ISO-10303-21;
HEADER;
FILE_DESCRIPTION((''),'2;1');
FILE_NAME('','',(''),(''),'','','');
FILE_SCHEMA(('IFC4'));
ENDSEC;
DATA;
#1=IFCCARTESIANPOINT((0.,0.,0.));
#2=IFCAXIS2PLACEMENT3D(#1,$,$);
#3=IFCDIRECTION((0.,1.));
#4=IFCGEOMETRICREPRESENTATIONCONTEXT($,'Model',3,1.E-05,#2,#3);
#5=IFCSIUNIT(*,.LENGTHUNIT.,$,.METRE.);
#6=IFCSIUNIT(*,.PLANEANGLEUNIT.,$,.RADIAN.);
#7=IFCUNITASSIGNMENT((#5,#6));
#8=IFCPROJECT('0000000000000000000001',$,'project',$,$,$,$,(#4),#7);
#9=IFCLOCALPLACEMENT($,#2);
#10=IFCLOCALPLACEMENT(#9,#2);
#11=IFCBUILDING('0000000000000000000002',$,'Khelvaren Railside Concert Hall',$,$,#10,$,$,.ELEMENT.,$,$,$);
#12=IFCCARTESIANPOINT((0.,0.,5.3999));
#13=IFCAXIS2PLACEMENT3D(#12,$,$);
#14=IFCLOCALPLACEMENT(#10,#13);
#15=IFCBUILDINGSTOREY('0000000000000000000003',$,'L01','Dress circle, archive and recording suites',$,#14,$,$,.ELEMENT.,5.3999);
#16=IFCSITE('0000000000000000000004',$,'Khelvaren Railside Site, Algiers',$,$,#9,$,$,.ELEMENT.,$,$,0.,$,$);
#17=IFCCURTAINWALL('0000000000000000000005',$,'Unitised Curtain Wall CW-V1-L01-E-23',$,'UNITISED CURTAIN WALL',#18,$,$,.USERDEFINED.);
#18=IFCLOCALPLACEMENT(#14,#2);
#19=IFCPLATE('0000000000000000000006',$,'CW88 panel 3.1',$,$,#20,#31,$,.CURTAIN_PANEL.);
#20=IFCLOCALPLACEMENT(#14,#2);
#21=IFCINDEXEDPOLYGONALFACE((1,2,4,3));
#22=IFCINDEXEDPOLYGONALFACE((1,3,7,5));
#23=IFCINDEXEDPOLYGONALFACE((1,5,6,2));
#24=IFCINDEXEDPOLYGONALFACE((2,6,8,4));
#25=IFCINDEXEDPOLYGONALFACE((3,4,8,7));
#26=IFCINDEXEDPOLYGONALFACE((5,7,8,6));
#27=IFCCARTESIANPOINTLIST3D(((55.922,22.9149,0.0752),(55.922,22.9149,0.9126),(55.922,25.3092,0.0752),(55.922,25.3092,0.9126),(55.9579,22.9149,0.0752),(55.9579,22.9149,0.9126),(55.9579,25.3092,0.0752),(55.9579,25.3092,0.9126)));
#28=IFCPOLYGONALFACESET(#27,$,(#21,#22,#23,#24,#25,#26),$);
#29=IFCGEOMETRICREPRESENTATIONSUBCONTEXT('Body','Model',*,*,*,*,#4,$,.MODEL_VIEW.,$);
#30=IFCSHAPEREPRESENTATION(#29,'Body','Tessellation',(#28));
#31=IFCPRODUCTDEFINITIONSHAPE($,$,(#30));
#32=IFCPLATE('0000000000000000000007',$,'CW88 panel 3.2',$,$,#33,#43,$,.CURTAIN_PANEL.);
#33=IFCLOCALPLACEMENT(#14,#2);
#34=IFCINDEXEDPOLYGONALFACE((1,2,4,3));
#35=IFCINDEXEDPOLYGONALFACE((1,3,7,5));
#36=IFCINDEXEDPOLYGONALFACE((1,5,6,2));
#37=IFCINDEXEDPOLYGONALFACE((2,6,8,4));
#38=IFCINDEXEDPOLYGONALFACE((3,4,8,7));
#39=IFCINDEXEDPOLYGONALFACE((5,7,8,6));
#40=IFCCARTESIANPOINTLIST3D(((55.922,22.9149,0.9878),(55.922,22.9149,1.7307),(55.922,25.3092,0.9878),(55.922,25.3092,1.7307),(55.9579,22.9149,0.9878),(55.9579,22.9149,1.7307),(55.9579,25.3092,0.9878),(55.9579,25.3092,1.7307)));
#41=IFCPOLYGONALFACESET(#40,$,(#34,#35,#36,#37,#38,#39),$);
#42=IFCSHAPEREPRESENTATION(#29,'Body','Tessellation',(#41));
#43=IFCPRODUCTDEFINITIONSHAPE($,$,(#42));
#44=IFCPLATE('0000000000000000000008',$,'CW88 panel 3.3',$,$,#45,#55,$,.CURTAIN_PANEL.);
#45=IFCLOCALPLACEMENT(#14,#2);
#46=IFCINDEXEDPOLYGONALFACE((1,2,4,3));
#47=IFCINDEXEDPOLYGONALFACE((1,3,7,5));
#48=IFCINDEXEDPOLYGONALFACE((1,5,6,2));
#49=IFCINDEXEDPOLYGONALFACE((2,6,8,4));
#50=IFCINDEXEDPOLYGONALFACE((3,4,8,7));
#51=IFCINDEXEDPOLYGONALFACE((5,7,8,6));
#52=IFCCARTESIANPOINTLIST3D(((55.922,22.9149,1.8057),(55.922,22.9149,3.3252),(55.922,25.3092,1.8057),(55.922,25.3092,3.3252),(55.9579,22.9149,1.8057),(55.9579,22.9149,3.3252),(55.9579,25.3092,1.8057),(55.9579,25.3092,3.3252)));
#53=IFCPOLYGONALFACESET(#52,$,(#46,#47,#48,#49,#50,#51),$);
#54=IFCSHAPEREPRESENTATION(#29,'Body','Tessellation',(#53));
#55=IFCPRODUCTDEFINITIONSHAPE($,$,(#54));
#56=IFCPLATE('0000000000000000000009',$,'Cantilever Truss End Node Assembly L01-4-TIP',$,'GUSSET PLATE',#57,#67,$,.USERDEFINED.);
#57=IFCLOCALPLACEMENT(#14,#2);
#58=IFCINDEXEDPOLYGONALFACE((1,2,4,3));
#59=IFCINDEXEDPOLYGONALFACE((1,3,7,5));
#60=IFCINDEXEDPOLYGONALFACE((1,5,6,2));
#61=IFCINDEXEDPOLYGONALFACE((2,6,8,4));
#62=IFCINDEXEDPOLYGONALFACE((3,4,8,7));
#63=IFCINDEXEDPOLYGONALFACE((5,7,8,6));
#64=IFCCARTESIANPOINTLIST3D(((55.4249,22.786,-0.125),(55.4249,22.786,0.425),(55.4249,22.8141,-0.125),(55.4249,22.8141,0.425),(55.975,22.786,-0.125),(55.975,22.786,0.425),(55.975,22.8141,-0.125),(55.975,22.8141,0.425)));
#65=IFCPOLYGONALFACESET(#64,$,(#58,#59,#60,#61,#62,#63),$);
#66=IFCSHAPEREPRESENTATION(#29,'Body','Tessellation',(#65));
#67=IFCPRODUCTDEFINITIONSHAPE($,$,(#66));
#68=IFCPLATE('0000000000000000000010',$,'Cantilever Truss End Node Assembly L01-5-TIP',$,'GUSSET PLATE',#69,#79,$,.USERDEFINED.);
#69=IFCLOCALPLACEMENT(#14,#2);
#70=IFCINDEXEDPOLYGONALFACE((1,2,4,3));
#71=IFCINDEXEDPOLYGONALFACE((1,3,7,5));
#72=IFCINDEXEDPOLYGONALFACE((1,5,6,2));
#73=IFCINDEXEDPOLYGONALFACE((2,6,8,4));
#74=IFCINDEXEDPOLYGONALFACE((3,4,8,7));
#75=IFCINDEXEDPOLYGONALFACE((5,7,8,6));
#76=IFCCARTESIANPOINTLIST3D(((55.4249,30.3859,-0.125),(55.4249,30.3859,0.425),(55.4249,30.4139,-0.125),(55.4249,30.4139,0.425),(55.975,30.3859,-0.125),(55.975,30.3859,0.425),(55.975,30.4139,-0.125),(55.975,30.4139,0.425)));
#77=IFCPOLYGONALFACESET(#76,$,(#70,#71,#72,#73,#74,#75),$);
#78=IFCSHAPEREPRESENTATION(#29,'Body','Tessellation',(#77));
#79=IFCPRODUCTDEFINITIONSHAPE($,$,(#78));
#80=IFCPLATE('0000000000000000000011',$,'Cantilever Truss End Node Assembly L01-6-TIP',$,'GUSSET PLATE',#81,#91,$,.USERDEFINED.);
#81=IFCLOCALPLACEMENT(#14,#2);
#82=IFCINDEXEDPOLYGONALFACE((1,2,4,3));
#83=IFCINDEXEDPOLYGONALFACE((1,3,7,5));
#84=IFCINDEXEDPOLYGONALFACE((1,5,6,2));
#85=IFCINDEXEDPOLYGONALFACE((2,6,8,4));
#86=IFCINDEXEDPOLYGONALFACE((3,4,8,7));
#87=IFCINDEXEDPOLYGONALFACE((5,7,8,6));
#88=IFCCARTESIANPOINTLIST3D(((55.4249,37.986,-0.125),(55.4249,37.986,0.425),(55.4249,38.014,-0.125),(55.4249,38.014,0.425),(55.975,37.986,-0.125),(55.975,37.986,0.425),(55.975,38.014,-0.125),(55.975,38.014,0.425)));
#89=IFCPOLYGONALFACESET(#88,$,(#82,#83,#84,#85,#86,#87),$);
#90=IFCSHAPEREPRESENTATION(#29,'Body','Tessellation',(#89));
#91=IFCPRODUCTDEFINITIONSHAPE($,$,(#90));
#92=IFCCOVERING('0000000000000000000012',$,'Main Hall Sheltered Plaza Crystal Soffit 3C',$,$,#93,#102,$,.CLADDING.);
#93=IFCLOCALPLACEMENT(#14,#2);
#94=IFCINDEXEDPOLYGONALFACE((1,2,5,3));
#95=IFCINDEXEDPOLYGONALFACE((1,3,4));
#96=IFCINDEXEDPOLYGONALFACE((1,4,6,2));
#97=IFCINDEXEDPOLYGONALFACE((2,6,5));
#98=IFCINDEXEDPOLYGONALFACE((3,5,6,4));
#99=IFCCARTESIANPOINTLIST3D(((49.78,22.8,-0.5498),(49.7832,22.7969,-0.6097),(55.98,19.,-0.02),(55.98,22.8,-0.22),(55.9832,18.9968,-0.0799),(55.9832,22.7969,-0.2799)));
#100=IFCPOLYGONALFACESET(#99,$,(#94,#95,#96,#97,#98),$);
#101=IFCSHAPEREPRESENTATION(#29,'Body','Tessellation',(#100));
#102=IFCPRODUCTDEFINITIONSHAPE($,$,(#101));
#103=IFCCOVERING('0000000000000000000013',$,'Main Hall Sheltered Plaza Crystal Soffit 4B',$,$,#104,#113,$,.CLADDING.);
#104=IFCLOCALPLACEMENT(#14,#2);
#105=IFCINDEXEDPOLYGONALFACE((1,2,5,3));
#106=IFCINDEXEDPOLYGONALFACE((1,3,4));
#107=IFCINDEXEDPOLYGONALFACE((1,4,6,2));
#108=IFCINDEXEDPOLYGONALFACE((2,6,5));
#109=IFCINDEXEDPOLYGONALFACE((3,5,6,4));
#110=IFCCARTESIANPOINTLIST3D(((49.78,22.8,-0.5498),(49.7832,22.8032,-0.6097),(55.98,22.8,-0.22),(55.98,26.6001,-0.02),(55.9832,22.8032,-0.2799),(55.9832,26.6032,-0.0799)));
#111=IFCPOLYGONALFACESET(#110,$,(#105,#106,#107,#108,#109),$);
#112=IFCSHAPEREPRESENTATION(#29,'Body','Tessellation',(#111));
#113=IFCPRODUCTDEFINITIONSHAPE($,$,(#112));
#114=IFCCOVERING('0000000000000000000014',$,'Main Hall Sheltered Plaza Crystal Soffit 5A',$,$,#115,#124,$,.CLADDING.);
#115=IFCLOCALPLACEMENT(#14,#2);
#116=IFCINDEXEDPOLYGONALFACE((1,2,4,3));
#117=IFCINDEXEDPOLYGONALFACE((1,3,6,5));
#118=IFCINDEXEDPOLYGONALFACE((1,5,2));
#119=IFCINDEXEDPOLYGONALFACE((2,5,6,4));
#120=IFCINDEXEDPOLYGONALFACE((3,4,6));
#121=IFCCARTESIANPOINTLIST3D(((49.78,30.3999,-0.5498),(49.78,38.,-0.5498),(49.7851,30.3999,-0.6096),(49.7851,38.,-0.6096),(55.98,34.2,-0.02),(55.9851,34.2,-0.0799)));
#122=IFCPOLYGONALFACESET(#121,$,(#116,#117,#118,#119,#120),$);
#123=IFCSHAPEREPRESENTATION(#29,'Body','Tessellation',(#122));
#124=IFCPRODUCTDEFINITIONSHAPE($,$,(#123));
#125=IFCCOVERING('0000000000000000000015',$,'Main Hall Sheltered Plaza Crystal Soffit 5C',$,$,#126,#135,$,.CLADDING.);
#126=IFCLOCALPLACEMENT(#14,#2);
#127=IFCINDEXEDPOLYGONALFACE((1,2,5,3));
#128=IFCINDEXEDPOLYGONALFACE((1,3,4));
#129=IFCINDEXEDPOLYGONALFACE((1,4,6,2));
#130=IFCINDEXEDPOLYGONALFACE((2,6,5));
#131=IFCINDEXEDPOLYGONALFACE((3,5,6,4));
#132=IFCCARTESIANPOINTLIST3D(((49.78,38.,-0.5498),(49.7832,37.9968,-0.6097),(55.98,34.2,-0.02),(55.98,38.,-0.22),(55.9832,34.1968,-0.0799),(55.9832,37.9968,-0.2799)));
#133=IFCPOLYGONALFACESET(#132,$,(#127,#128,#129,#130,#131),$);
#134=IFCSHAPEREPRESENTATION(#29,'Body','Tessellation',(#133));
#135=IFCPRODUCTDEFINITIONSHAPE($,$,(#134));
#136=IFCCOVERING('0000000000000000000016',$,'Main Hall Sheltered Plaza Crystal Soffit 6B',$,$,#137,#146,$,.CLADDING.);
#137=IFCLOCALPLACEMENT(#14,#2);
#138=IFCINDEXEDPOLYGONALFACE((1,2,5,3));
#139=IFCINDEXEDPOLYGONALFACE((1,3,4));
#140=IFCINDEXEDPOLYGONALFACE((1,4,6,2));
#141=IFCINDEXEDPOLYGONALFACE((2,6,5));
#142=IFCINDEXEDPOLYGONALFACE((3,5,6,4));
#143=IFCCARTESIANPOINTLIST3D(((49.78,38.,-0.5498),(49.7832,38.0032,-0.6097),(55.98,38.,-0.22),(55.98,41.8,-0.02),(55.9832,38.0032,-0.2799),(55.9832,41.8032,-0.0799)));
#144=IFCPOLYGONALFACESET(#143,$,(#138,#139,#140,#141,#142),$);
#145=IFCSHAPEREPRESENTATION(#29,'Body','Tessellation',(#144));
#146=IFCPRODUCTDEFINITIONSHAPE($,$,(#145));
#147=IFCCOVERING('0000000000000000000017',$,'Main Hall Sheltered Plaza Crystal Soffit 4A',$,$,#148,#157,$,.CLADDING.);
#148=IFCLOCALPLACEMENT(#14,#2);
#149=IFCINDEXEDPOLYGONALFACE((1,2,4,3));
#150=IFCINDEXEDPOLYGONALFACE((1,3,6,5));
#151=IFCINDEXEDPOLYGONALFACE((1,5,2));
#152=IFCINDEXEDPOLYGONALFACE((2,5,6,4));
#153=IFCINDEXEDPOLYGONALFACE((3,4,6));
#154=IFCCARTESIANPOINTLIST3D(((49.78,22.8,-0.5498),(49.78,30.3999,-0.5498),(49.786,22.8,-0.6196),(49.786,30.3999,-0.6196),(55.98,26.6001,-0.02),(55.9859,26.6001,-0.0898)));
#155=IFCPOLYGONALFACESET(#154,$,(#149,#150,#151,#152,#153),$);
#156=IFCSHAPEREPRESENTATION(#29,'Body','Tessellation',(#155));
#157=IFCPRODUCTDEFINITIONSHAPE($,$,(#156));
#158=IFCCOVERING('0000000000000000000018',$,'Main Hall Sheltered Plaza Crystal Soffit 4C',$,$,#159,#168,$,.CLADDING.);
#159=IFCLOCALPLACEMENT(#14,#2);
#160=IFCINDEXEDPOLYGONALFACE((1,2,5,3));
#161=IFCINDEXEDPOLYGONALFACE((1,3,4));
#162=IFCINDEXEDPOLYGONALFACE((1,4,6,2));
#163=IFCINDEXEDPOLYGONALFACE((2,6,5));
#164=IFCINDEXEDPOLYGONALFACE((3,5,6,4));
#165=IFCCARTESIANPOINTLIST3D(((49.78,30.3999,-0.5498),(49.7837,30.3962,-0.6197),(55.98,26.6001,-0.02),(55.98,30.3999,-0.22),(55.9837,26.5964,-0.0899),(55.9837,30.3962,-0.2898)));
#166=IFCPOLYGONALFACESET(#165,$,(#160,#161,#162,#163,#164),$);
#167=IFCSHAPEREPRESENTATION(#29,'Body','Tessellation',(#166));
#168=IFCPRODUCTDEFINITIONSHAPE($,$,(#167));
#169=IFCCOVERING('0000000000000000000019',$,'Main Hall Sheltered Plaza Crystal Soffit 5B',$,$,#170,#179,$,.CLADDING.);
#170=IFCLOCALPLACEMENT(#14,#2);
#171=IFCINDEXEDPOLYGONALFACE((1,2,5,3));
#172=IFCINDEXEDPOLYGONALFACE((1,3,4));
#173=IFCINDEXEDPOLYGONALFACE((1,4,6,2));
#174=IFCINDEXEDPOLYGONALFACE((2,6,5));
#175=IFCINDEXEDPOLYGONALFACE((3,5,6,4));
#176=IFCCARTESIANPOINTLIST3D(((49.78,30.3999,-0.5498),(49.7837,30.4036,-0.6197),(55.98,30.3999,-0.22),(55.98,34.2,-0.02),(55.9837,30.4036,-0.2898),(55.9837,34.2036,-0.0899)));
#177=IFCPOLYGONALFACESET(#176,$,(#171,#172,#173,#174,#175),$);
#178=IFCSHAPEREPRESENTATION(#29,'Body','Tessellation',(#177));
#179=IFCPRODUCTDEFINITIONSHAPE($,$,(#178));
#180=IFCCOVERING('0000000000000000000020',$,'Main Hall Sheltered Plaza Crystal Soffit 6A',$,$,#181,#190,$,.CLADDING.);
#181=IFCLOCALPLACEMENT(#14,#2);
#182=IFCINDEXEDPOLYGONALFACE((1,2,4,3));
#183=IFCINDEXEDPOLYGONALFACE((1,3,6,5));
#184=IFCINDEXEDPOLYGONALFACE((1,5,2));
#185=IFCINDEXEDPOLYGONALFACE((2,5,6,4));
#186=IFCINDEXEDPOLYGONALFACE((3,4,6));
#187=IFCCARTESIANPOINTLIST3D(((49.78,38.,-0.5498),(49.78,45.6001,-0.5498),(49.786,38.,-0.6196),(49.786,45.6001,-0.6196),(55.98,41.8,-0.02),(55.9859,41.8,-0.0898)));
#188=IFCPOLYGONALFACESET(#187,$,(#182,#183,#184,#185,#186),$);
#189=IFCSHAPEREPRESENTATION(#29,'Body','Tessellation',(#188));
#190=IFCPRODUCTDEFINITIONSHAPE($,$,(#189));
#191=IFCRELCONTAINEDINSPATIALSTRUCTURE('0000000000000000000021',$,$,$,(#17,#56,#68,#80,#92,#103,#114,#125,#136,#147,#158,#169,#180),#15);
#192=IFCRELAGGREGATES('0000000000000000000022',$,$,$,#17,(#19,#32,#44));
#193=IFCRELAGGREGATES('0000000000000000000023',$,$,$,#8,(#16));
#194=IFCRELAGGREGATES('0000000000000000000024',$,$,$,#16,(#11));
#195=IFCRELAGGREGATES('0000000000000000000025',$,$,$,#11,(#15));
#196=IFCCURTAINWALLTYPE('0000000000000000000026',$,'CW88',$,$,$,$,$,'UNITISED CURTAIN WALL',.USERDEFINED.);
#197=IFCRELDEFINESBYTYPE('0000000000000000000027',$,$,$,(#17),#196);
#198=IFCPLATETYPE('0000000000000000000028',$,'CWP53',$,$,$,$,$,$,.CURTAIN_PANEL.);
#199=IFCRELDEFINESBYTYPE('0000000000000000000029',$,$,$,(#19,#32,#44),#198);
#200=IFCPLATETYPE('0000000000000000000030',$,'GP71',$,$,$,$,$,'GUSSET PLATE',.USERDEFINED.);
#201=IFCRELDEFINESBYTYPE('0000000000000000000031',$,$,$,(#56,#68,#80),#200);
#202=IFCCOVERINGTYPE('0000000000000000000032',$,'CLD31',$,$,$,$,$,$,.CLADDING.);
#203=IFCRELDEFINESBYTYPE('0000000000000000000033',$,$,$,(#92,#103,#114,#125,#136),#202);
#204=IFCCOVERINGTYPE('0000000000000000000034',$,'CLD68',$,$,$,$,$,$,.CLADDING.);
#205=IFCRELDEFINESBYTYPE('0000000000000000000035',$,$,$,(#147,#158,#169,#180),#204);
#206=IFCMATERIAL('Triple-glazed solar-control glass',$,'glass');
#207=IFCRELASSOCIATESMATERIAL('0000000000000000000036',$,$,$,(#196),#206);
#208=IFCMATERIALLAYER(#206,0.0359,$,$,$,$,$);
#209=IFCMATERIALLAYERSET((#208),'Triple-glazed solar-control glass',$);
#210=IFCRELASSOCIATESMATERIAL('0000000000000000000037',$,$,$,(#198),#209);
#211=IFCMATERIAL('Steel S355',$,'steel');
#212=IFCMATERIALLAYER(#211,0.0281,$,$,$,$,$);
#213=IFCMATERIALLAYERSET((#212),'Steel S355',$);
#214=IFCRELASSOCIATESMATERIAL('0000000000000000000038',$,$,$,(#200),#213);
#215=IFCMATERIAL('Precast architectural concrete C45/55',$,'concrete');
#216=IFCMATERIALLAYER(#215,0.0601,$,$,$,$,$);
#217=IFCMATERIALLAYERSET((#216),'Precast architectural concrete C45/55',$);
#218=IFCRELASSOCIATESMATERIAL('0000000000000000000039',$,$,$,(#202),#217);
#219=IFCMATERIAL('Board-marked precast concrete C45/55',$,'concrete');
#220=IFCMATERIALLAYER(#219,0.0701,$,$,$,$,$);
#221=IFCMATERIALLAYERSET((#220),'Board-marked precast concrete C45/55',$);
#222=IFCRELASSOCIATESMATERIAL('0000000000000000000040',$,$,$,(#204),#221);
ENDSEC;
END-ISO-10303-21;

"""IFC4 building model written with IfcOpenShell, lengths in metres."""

from ifc_helpers import new_model, si_unit, direction, frame, origin, origin_2d, place, context, subcontext, project, spatial, polyline, rectangle, outline, extrude, material, layer, layer_set, type_object, element, aggregate, save


model = new_model("IFC4")

# Units and contexts
model_context = context("Model", 3, precision=1e-05, world=origin(), true_north=direction((0.0, 1.0)))
body_context = subcontext(model_context, "Body", "Model", "MODEL_VIEW")
ifc_project = project(units=[si_unit("LENGTHUNIT", "METRE"), si_unit("PLANEANGLEUNIT", "RADIAN")], contexts=[model_context])

# Site, building, storey
site_placement = place(None, origin())
site = spatial("IfcSite", under=ifc_project, at=site_placement, Name="Khelvaren Railside Site, Algiers", CompositionType="ELEMENT", RefElevation=0.0)
building_placement = place(site_placement, origin())
building = spatial("IfcBuilding", under=site, at=building_placement, Name="Khelvaren Railside Concert Hall", CompositionType="ELEMENT")
storey_placement = place(building_placement, frame((0.0, 0.0, 5.3999)))
storey = spatial("IfcBuildingStorey", under=building, at=storey_placement, Name="L01", Description="Dress circle, archive and recording suites", CompositionType="ELEMENT", Elevation=5.3999)

# Shared definitions
ifc_material_1 = material(Name="Steel S355", Category="steel")

# Curtain wall
ifc_material_2 = material(Name="Triple-glazed solar-control glass", Category="glass")
curtain_wall_type = type_object("IfcCurtainWallType", Name="CW88", ElementType="UNITISED CURTAIN WALL", PredefinedType="USERDEFINED", material=ifc_material_2)
curtain_wall_placement = place(storey_placement, origin())
curtain_wall = element("IfcCurtainWall", 1, at=curtain_wall_placement, inside=storey, type_object=curtain_wall_type, Name="Unitised Curtain Wall CW-V1-L01-E-23", ObjectType="UNITISED CURTAIN WALL", PredefinedType="USERDEFINED")

# Plates
ifc_layer_1 = layer(ifc_material_2, 0.0359)
ifc_layer_set_1 = layer_set([ifc_layer_1], Name="Triple-glazed solar-control glass")
plate_type_1 = type_object("IfcPlateType", Name="CWP53", PredefinedType="CURTAIN_PANEL", material=ifc_layer_set_1)
plate_1_placement = place(storey_placement, frame((55.9399, 24.1121, 0.0752), z_axis=(0.0, 0.0, 1.0), x_axis=(0.0, -1.0, 0.0)))
plate_1 = element("IfcPlate", 2, at=plate_1_placement, type_object=plate_type_1, Name="CW88 panel 3.1", PredefinedType="CURTAIN_PANEL", context=body_context, shape_type="SweptSolid", body=[
    extrude(rectangle(XDim=2.3943, YDim=0.0359, at=origin_2d()), origin(), (0.0, 0.0, 1.0), 0.8374),
])
plate_2_placement = place(storey_placement, frame((55.9399, 24.1121, 0.9878), z_axis=(0.0, 0.0, 1.0), x_axis=(0.0, -1.0, 0.0)))
plate_2 = element("IfcPlate", 3, at=plate_2_placement, type_object=plate_type_1, Name="CW88 panel 3.2", PredefinedType="CURTAIN_PANEL", context=body_context, shape_type="SweptSolid", body=[
    extrude(rectangle(XDim=2.3943, YDim=0.0359, at=origin_2d()), origin(), (0.0, 0.0, 1.0), 0.7429),
])
plate_3_placement = place(storey_placement, frame((55.9399, 24.1121, 1.8057), z_axis=(0.0, 0.0, 1.0), x_axis=(0.0, -1.0, 0.0)))
plate_3 = element("IfcPlate", 4, at=plate_3_placement, type_object=plate_type_1, Name="CW88 panel 3.3", PredefinedType="CURTAIN_PANEL", context=body_context, shape_type="SweptSolid", body=[
    extrude(rectangle(XDim=2.3943, YDim=0.0359, at=origin_2d()), origin(), (0.0, 0.0, 1.0), 1.5195),
])
aggregate(curtain_wall, [plate_1, plate_2, plate_3])

# Plates
ifc_layer_2 = layer(ifc_material_1, 0.0281)
ifc_layer_set_2 = layer_set([ifc_layer_2], Name="Steel S355")
plate_type_2 = type_object("IfcPlateType", Name="GP71", ElementType="GUSSET PLATE", PredefinedType="USERDEFINED", material=ifc_layer_set_2)
for number, where, z_axis, x_axis, name in (
    (5, (55.7, 22.8, -0.125), (0.0, 0.0, 1.0), (1.0, 0.0, 0.0), "Cantilever Truss End Node Assembly L01-4-TIP"),
    (6, (55.7, 30.3999, -0.125), (0.0, 0.0, 1.0), (1.0, 0.0, 0.0), "Cantilever Truss End Node Assembly L01-5-TIP"),
    (7, (55.7, 38.0, -0.125), (0.0, 0.0, 1.0), (1.0, 0.0, 0.0), "Cantilever Truss End Node Assembly L01-6-TIP"),
):
    element("IfcPlate", number, at=place(storey_placement, frame(where, z_axis=z_axis, x_axis=x_axis)), inside=storey, type_object=plate_type_2, Name=name, ObjectType="GUSSET PLATE", PredefinedType="USERDEFINED", context=body_context, shape_type="SweptSolid", body=[
        extrude(rectangle(XDim=0.55, YDim=0.0281, at=origin_2d()), origin(), (0.0, 0.0, 1.0), 0.55),
    ])

# Coverings
ifc_material_3 = material(Name="Precast architectural concrete C45/55", Category="concrete")
ifc_layer_3 = layer(ifc_material_3, 0.0601)
ifc_layer_set_3 = layer_set([ifc_layer_3], Name="Precast architectural concrete C45/55")
covering_type_1 = type_object("IfcCoveringType", Name="CLD31", PredefinedType="CLADDING", material=ifc_layer_set_3)
covering_1_placement = place(storey_placement, frame((49.78, 22.8, -0.5498), z_axis=(-0.053051, 0.052471, 0.997212), x_axis=(0.998588, 0.0, 0.053124)))
element("IfcCovering", 8, at=covering_1_placement, inside=storey, type_object=covering_type_1, Name="Main Hall Sheltered Plaza Crystal Soffit 3C", PredefinedType="CLADDING", context=body_context, shape_type="SweptSolid", body=[
    extrude(outline(polyline([(0.0, 0.0), (6.2087, 0.0), (6.2193, -3.8053), (0.0, 0.0)])), origin(), (0.0, 0.0, -1.0), 0.0601),
])
covering_2_placement = place(storey_placement, frame((49.78, 22.8, -0.5498), z_axis=(-0.053051, -0.052471, 0.997212), x_axis=(0.998588, 0.0, 0.053124)))
element("IfcCovering", 9, at=covering_2_placement, inside=storey, type_object=covering_type_1, Name="Main Hall Sheltered Plaza Crystal Soffit 4B", PredefinedType="CLADDING", context=body_context, shape_type="SweptSolid", body=[
    extrude(outline(polyline([(0.0, 0.0), (6.2087, 0.0), (6.2193, 3.8053), (0.0, 0.0)])), origin(), (0.0, 0.0, -1.0), 0.0601),
])
covering_3_placement = place(storey_placement, frame((49.78, 30.3999, -0.5498), z_axis=(-0.08514, 0.0, 0.996369), x_axis=(0.0, 1.0, 0.0)))
element("IfcCovering", 10, at=covering_3_placement, inside=storey, type_object=covering_type_1, Name="Main Hall Sheltered Plaza Crystal Soffit 5A", PredefinedType="CLADDING", context=body_context, shape_type="SweptSolid", body=[
    extrude(outline(polyline([(0.0, 0.0), (7.6001, 0.0), (3.8, -6.2225), (0.0, 0.0)])), origin(), (0.0, 0.0, -1.0), 0.0601),
])
covering_4_placement = place(storey_placement, frame((49.78, 38.0, -0.5498), z_axis=(-0.053051, 0.052471, 0.997212), x_axis=(0.998588, 0.0, 0.053124)))
element("IfcCovering", 11, at=covering_4_placement, inside=storey, type_object=covering_type_1, Name="Main Hall Sheltered Plaza Crystal Soffit 5C", PredefinedType="CLADDING", context=body_context, shape_type="SweptSolid", body=[
    extrude(outline(polyline([(0.0, 0.0), (6.2087, 0.0), (6.2193, -3.8053), (0.0, 0.0)])), origin(), (0.0, 0.0, -1.0), 0.0601),
])
covering_5_placement = place(storey_placement, frame((49.78, 38.0, -0.5498), z_axis=(-0.053051, -0.052471, 0.997212), x_axis=(0.998588, 0.0, 0.053124)))
element("IfcCovering", 12, at=covering_5_placement, inside=storey, type_object=covering_type_1, Name="Main Hall Sheltered Plaza Crystal Soffit 6B", PredefinedType="CLADDING", context=body_context, shape_type="SweptSolid", body=[
    extrude(outline(polyline([(0.0, 0.0), (6.2087, 0.0), (6.2193, 3.8053), (0.0, 0.0)])), origin(), (0.0, 0.0, -1.0), 0.0601),
])
ifc_material_4 = material(Name="Board-marked precast concrete C45/55", Category="concrete")
ifc_layer_4 = layer(ifc_material_4, 0.0701)
ifc_layer_set_4 = layer_set([ifc_layer_4], Name="Board-marked precast concrete C45/55")
covering_type_2 = type_object("IfcCoveringType", Name="CLD68", PredefinedType="CLADDING", material=ifc_layer_set_4)
covering_6_placement = place(storey_placement, frame((49.78, 22.8, -0.5498), z_axis=(-0.08514, 0.0, 0.996369), x_axis=(0.0, 1.0, 0.0)))
element("IfcCovering", 13, at=covering_6_placement, inside=storey, type_object=covering_type_2, Name="Main Hall Sheltered Plaza Crystal Soffit 4A", PredefinedType="CLADDING", context=body_context, shape_type="SweptSolid", body=[
    extrude(outline(polyline([(0.0, 0.0), (7.5999, 0.0), (3.8, -6.2225), (0.0, 0.0)])), origin(), (0.0, 0.0, -1.0), 0.0701),
])
covering_7_placement = place(storey_placement, frame((49.78, 30.3999, -0.5498), z_axis=(-0.053051, 0.052475, 0.997212), x_axis=(0.998588, 0.0, 0.053124)))
element("IfcCovering", 14, at=covering_7_placement, inside=storey, type_object=covering_type_2, Name="Main Hall Sheltered Plaza Crystal Soffit 4C", PredefinedType="CLADDING", context=body_context, shape_type="SweptSolid", body=[
    extrude(outline(polyline([(0.0, 0.0), (6.2087, 0.0), (6.2193, -3.805), (0.0, 0.0)])), origin(), (0.0, 0.0, -1.0), 0.0701),
])
covering_8_placement = place(storey_placement, frame((49.78, 30.3999, -0.5498), z_axis=(-0.053051, -0.052471, 0.997212), x_axis=(0.998588, 0.0, 0.053124)))
element("IfcCovering", 15, at=covering_8_placement, inside=storey, type_object=covering_type_2, Name="Main Hall Sheltered Plaza Crystal Soffit 5B", PredefinedType="CLADDING", context=body_context, shape_type="SweptSolid", body=[
    extrude(outline(polyline([(0.0, 0.0), (6.2087, 0.0), (6.2193, 3.8053), (0.0, 0.0)])), origin(), (0.0, 0.0, -1.0), 0.0701),
])
covering_9_placement = place(storey_placement, frame((49.78, 38.0, -0.5498), z_axis=(-0.08514, 0.0, 0.996369), x_axis=(0.0, 1.0, 0.0)))
element("IfcCovering", 16, at=covering_9_placement, inside=storey, type_object=covering_type_2, Name="Main Hall Sheltered Plaza Crystal Soffit 6A", PredefinedType="CLADDING", context=body_context, shape_type="SweptSolid", body=[
    extrude(outline(polyline([(0.0, 0.0), (7.6001, 0.0), (3.8, -6.2225), (0.0, 0.0)])), origin(), (0.0, 0.0, -1.0), 0.0701),
])

save(model, "model.ifc")
